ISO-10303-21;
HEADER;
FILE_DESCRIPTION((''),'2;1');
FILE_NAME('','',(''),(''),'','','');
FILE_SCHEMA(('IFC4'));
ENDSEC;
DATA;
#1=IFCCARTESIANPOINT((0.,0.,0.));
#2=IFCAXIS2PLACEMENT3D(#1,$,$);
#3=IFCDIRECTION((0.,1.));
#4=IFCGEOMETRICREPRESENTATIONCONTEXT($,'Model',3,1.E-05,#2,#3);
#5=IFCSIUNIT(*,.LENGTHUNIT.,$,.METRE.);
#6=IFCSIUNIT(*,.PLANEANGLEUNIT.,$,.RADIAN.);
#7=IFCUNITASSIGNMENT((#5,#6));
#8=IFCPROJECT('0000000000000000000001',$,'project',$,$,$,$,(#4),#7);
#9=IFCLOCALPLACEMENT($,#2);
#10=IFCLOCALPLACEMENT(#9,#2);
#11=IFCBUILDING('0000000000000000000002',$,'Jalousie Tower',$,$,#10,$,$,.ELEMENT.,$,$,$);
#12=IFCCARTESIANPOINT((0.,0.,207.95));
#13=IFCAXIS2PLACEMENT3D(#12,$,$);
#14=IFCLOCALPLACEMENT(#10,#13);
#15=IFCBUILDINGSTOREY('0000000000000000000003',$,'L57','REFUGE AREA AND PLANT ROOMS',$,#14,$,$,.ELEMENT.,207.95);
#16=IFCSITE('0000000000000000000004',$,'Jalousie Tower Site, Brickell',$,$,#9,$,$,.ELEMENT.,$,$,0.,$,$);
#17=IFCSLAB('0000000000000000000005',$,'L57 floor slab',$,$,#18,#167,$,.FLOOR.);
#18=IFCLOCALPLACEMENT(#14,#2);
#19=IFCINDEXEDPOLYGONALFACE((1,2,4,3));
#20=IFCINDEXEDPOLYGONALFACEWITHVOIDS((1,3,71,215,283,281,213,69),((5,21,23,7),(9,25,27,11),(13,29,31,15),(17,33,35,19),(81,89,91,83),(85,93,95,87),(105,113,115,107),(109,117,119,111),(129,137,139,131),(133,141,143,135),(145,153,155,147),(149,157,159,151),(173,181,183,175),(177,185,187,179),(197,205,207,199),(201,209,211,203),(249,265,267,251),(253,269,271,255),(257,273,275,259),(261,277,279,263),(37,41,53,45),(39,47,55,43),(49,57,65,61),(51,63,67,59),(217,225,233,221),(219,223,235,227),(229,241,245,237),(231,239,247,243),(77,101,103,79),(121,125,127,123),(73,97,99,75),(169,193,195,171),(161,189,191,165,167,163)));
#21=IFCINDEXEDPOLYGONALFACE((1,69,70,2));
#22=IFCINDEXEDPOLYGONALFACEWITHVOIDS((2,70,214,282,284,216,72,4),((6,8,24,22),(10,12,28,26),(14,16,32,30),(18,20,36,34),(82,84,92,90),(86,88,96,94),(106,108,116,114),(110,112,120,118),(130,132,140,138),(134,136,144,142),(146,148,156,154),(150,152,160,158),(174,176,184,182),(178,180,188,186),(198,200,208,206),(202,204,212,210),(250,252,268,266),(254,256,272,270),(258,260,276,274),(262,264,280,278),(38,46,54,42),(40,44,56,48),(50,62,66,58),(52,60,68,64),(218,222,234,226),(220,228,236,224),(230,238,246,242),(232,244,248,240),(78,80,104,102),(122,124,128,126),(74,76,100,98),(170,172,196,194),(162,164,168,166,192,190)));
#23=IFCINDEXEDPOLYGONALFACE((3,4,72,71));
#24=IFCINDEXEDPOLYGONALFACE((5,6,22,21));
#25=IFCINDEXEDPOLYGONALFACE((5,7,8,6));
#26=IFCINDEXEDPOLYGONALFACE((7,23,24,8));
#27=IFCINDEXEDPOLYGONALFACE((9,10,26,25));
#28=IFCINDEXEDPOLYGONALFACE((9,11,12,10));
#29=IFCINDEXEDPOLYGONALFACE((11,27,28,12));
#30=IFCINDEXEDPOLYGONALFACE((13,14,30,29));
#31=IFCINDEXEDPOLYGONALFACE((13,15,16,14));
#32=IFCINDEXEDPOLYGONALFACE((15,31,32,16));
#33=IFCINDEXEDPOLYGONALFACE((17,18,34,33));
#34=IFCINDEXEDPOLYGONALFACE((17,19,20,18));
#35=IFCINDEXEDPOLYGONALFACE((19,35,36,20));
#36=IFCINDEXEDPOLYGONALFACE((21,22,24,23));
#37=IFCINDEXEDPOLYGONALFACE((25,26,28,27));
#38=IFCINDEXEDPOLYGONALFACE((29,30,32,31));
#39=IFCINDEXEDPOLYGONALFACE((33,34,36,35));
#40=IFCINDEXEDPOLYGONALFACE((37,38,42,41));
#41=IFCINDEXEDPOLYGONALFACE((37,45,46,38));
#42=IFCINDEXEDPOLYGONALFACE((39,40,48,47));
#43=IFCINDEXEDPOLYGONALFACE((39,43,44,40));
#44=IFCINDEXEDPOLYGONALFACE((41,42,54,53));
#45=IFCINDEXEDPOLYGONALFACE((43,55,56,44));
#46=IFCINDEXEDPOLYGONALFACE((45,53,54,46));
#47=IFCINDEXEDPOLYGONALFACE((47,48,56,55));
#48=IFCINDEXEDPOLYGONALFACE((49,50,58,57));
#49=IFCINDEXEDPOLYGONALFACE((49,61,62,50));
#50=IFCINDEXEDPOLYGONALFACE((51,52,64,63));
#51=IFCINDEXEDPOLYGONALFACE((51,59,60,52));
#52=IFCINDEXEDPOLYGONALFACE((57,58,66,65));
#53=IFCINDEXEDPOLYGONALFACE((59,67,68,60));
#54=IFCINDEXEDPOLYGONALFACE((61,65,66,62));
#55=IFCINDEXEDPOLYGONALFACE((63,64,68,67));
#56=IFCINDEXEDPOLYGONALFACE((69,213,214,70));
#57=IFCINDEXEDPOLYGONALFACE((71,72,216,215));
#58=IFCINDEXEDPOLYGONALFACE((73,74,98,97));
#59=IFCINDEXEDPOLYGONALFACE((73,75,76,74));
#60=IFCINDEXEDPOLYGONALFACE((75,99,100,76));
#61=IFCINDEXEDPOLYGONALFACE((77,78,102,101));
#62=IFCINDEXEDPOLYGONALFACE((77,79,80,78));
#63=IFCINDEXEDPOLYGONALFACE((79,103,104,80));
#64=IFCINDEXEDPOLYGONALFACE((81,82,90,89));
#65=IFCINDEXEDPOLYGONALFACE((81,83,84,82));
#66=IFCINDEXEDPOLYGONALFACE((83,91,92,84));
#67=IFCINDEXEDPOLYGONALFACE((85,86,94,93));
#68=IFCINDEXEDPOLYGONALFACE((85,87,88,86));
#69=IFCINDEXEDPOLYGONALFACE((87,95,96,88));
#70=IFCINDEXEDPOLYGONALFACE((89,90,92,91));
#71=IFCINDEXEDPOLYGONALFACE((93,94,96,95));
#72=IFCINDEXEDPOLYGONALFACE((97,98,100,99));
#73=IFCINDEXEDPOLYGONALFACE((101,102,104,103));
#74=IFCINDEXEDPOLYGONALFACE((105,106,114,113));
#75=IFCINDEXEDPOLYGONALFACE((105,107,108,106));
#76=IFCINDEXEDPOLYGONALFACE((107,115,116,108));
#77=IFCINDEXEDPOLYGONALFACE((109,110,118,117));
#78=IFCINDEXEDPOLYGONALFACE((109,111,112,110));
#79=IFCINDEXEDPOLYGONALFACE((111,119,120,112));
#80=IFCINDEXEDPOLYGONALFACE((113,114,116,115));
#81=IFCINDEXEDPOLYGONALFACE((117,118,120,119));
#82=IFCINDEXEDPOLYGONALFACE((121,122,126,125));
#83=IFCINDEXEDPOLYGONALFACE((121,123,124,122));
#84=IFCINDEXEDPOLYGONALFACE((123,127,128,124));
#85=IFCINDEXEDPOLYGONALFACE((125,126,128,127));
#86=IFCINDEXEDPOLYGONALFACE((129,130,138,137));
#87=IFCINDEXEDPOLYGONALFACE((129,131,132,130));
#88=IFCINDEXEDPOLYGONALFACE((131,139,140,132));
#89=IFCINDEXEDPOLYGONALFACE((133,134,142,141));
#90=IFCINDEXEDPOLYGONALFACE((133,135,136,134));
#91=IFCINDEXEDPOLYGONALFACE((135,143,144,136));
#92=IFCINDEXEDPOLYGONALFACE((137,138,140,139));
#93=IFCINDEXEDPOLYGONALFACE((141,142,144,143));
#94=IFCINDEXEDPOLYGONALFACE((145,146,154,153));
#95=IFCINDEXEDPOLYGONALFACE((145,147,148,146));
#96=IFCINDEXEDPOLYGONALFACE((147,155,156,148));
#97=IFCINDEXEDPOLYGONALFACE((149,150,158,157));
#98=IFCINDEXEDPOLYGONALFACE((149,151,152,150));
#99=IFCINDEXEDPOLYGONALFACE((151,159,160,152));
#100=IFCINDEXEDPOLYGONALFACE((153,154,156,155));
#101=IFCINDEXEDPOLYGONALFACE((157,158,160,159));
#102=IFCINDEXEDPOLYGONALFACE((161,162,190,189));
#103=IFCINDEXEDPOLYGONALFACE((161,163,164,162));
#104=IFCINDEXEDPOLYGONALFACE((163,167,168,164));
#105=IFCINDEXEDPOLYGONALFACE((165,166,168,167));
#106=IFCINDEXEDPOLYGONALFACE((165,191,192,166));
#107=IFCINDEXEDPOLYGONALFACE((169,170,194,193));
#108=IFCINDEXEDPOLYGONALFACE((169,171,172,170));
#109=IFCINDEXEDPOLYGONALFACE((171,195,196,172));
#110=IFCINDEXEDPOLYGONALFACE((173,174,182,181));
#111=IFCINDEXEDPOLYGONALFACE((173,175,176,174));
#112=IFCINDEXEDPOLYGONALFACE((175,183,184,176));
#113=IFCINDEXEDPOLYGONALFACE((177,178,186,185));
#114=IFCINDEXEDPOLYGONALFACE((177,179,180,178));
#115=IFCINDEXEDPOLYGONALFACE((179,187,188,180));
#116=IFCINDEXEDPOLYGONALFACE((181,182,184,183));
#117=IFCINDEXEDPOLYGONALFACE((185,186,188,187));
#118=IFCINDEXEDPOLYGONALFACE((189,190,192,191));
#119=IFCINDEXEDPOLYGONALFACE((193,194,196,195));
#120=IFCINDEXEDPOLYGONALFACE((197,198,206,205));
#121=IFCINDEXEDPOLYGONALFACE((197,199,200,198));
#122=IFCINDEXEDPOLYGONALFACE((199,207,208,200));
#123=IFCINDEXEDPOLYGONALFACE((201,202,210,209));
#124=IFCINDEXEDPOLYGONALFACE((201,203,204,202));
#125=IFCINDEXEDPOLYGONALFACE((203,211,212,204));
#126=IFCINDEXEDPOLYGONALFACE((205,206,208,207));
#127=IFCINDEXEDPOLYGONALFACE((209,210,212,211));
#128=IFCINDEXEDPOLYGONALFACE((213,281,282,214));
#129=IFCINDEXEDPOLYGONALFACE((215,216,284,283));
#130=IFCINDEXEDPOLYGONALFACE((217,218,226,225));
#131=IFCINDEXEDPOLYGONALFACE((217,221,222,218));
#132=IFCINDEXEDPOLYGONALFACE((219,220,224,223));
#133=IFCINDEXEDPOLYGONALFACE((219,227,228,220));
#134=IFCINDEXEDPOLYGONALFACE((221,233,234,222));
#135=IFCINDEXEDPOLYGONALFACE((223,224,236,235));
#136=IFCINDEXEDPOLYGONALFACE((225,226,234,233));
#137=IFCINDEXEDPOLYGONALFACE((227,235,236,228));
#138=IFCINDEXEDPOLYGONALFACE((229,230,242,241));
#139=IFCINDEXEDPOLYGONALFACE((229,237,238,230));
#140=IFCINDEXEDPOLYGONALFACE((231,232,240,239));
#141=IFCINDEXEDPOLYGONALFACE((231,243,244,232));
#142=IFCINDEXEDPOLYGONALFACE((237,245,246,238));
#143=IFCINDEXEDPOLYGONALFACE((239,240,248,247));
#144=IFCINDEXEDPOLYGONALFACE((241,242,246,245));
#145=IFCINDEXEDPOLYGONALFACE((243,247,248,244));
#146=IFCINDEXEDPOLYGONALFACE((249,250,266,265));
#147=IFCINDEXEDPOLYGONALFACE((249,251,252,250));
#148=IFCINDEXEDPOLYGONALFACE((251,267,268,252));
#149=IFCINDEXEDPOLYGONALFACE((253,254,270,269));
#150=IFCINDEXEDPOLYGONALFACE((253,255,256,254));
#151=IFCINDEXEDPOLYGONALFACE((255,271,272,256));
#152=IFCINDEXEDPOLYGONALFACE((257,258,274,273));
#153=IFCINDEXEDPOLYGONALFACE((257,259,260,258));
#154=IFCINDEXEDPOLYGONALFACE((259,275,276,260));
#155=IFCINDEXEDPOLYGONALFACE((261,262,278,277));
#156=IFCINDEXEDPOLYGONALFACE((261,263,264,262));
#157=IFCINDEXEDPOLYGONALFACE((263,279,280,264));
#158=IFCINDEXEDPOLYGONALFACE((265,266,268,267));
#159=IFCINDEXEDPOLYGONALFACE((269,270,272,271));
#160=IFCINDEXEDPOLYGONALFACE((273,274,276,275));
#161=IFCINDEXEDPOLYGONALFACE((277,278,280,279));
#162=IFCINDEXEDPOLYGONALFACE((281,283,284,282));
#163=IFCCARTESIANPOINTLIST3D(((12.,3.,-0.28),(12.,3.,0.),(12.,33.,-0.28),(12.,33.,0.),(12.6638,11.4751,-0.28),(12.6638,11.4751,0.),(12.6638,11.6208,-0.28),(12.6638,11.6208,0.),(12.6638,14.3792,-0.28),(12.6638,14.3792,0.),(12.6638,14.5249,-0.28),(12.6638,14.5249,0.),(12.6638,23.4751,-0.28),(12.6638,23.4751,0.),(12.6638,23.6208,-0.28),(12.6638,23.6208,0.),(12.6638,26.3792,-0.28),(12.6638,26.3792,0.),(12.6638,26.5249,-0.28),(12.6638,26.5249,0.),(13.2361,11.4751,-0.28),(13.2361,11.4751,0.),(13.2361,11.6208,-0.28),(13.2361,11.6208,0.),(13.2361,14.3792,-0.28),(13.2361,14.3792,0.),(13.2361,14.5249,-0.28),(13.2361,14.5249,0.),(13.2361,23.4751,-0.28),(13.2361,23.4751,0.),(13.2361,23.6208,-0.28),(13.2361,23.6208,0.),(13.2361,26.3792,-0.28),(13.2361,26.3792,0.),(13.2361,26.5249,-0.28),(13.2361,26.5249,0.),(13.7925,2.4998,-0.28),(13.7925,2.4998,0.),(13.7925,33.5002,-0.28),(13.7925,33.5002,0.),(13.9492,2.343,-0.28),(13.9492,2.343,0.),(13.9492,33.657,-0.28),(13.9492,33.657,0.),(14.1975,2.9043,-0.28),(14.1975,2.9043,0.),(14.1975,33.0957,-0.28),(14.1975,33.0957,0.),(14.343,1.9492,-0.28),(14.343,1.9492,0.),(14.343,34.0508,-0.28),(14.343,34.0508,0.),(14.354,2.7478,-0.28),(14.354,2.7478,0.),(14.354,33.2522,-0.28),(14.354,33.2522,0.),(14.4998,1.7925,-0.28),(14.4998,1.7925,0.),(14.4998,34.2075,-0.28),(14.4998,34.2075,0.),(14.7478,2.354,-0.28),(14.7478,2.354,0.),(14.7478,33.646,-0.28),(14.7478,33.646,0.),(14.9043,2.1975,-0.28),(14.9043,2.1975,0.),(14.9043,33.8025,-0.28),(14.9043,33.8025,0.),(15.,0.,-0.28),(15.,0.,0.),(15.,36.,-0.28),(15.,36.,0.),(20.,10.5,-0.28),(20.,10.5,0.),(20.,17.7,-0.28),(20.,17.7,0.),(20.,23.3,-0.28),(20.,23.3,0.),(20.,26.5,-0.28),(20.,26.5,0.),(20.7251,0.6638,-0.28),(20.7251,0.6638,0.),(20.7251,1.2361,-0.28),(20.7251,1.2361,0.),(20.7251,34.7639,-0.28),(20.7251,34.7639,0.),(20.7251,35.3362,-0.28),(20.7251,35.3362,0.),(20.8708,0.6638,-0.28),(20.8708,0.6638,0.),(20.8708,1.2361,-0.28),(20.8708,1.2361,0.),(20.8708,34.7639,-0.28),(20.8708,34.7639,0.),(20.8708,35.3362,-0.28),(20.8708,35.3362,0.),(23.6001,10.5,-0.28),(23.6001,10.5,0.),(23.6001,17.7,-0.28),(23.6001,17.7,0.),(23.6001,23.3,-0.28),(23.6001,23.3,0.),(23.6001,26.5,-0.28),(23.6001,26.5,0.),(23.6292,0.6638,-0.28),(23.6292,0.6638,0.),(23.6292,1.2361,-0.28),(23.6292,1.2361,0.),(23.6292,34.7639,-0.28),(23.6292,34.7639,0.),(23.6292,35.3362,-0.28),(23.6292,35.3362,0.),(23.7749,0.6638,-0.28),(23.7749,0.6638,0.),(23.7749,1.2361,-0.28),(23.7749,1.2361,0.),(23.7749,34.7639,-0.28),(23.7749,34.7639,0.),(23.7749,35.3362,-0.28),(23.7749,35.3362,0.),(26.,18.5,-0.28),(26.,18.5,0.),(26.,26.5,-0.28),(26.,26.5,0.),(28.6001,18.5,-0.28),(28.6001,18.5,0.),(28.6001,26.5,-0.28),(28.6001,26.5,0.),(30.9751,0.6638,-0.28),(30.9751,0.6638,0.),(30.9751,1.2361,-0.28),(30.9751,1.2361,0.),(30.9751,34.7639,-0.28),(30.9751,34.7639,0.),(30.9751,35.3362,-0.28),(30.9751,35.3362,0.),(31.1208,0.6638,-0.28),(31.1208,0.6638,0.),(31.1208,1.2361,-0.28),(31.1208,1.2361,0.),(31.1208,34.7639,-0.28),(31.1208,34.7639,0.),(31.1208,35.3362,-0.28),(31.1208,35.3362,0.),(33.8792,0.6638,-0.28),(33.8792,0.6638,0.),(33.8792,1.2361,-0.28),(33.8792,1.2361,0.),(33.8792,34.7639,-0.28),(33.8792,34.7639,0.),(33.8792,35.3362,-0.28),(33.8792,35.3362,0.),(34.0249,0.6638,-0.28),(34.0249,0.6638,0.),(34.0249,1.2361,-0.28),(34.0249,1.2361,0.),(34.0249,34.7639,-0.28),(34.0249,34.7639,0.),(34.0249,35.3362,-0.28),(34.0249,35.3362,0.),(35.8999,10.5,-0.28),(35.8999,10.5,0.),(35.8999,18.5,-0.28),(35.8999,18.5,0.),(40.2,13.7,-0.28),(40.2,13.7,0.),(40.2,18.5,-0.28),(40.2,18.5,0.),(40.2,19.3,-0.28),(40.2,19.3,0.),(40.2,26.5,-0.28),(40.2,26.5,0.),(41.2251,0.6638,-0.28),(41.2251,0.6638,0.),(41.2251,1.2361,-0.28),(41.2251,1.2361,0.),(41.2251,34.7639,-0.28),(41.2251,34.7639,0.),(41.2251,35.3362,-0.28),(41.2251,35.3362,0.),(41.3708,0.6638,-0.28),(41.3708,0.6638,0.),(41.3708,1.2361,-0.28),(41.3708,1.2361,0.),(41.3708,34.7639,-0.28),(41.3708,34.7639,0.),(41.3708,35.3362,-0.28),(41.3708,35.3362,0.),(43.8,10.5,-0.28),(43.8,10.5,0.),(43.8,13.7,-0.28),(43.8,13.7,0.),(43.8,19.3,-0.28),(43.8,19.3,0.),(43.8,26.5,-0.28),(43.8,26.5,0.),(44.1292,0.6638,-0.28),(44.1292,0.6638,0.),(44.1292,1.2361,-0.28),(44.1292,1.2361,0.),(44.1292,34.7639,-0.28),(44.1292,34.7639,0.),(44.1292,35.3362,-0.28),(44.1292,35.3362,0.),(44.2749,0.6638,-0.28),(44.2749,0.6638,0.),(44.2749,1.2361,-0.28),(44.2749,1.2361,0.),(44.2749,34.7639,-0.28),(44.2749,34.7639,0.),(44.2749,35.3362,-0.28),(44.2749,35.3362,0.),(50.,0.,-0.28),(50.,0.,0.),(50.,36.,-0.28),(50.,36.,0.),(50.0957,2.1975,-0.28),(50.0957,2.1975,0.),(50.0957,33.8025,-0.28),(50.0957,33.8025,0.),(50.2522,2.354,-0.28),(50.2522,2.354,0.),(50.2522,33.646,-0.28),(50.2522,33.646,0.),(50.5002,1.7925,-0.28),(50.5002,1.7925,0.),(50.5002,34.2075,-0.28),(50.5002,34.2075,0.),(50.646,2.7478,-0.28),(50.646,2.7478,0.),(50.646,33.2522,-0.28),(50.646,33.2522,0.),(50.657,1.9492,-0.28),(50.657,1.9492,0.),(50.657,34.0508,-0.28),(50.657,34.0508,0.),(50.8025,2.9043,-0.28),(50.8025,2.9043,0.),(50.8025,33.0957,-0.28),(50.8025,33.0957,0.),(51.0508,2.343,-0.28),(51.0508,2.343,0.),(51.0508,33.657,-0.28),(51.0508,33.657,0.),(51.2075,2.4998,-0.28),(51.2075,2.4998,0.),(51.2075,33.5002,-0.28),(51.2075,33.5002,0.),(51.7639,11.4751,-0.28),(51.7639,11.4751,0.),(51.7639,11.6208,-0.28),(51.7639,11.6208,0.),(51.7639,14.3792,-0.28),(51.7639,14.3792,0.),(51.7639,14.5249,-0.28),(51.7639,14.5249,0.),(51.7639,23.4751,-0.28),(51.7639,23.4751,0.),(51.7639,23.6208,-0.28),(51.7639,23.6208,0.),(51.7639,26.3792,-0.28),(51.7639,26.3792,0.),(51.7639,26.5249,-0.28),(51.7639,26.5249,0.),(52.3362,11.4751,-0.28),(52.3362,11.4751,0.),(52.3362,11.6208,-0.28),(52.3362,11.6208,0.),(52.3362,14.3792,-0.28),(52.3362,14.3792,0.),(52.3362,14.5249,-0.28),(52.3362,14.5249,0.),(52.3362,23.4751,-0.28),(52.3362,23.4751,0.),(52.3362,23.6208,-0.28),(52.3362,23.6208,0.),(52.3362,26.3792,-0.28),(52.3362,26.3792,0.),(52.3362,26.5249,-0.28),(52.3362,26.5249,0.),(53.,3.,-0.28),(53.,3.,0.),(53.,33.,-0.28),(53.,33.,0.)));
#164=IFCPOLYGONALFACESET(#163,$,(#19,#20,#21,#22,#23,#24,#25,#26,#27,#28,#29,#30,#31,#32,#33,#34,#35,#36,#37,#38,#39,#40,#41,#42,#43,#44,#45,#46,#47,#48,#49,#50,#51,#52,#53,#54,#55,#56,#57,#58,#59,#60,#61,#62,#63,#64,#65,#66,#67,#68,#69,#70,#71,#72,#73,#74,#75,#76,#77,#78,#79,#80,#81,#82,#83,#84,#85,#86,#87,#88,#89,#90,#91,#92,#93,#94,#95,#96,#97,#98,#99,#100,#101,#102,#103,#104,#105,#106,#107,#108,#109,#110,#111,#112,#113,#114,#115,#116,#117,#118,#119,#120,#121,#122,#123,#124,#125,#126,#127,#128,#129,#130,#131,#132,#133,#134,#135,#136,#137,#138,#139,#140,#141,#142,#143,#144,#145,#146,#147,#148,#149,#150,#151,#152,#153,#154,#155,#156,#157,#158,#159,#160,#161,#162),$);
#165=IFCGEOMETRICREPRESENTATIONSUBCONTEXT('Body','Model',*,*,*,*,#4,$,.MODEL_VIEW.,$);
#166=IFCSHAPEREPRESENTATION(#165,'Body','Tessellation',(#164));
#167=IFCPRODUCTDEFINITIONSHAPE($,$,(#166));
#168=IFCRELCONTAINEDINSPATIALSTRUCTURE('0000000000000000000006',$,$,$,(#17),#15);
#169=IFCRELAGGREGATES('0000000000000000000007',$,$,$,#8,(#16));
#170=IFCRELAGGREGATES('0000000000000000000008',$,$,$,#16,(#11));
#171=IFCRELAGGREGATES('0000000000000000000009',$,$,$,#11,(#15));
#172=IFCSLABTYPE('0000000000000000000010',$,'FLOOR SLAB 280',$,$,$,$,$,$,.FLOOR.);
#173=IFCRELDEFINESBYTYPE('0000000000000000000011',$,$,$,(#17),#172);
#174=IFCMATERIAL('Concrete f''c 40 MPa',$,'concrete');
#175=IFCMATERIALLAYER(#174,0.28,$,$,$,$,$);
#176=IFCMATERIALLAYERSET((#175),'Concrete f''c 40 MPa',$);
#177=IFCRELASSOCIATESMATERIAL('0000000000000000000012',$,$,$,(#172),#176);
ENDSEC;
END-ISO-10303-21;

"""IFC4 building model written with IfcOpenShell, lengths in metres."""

from ifc_helpers import new_model, si_unit, direction, frame, origin, place, context, subcontext, project, spatial, polyline, outline, extrude, material, layer, layer_set, type_object, element, save


model = new_model("IFC4")

# Units and contexts
model_context = context("Model", 3, precision=1e-05, world=origin(), true_north=direction((0.0, 1.0)))
body_context = subcontext(model_context, "Body", "Model", "MODEL_VIEW")
ifc_project = project(units=[si_unit("LENGTHUNIT", "METRE"), si_unit("PLANEANGLEUNIT", "RADIAN")], contexts=[model_context])

# Site, building, storey
site_placement = place(None, origin())
site = spatial("IfcSite", under=ifc_project, at=site_placement, Name="Jalousie Tower Site, Brickell", CompositionType="ELEMENT", RefElevation=0.0)
building_placement = place(site_placement, origin())
building = spatial("IfcBuilding", under=site, at=building_placement, Name="Jalousie Tower", CompositionType="ELEMENT")
storey_placement = place(building_placement, frame((0.0, 0.0, 207.95)))
storey = spatial("IfcBuildingStorey", under=building, at=storey_placement, Name="L57", Description="REFUGE AREA AND PLANT ROOMS", CompositionType="ELEMENT", Elevation=207.95)

# Slab
ifc_material_1 = material(Name="Concrete f'c 40 MPa", Category="concrete")
ifc_layer_1 = layer(ifc_material_1, 0.28)
ifc_layer_set_1 = layer_set([ifc_layer_1], Name="Concrete f'c 40 MPa")
slab_type_1 = type_object("IfcSlabType", Name="FLOOR SLAB 280", PredefinedType="FLOOR", material=ifc_layer_set_1)
slab_1_placement = place(storey_placement, frame((0.0, 0.0, -0.28)))
element("IfcSlab", 1, at=slab_1_placement, inside=storey, type_object=slab_type_1, Name="L57 floor slab", PredefinedType="FLOOR", context=body_context, shape_type="SweptSolid", body=[
    extrude(outline(polyline([(15.0, 0.0), (50.0, 0.0), (53.0, 3.0), (53.0, 33.0), (50.0, 36.0), (15.0, 36.0), (12.0, 33.0), (12.0, 3.0), (15.0, 0.0)]), holes=[polyline([(23.7749, 0.6638), (23.6292, 0.6638), (23.6292, 1.2361), (23.7749, 1.2361), (23.7749, 0.6638)]), polyline([(20.7251, 0.6638), (20.7251, 1.2361), (20.8708, 1.2361), (20.8708, 0.6638), (20.7251, 0.6638)]), polyline([(14.4998, 1.7925), (14.343, 1.9492), (14.7478, 2.354), (14.9043, 2.1975), (14.4998, 1.7925)]), polyline([(14.1975, 2.9043), (14.354, 2.7478), (13.9492, 2.343), (13.7925, 2.4998), (14.1975, 2.9043)]), polyline([(12.6638, 11.4751), (12.6638, 11.6208), (13.2361, 11.6208), (13.2361, 11.4751), (12.6638, 11.4751)]), polyline([(20.0, 10.5), (23.6001, 10.5), (23.6001, 17.7), (20.0, 17.7), (20.0, 10.5)]), polyline([(13.2361, 14.5249), (13.2361, 14.3792), (12.6638, 14.3792), (12.6638, 14.5249), (13.2361, 14.5249)]), polyline([(28.6001, 18.5), (26.0, 18.5), (26.0, 26.5), (28.6001, 26.5), (28.6001, 18.5)]), polyline([(13.2361, 23.4751), (12.6638, 23.4751), (12.6638, 23.6208), (13.2361, 23.6208), (13.2361, 23.4751)]), polyline([(20.0, 23.3), (23.6001, 23.3), (23.6001, 26.5), (20.0, 26.5), (20.0, 23.3)]), polyline([(13.2361, 26.5249), (13.2361, 26.3792), (12.6638, 26.3792), (12.6638, 26.5249), (13.2361, 26.5249)]), polyline([(13.7925, 33.5002), (13.9492, 33.657), (14.354, 33.2522), (14.1975, 33.0957), (13.7925, 33.5002)]), polyline([(14.9043, 33.8025), (14.7478, 33.646), (14.343, 34.0508), (14.4998, 34.2075), (14.9043, 33.8025)]), polyline([(20.7251, 35.3362), (20.8708, 35.3362), (20.8708, 34.7639), (20.7251, 34.7639), (20.7251, 35.3362)]), polyline([(23.7749, 34.7639), (23.6292, 34.7639), (23.6292, 35.3362), (23.7749, 35.3362), (23.7749, 34.7639)]), polyline([(30.9751, 35.3362), (31.1208, 35.3362), (31.1208, 34.7639), (30.9751, 34.7639), (30.9751, 35.3362)]), polyline([(34.0249, 1.2361), (34.0249, 0.6638), (33.8792, 0.6638), (33.8792, 1.2361), (34.0249, 1.2361)]), polyline([(41.2251, 1.2361), (41.3708, 1.2361), (41.3708, 0.6638), (41.2251, 0.6638), (41.2251, 1.2361)]), polyline([(44.2749, 0.6638), (44.1292, 0.6638), (44.1292, 1.2361), (44.2749, 1.2361), (44.2749, 0.6638)]), polyline([(30.9751, 1.2361), (31.1208, 1.2361), (31.1208, 0.6638), (30.9751, 0.6638), (30.9751, 1.2361)]), polyline([(50.0957, 2.1975), (50.2522, 2.354), (50.657, 1.9492), (50.5002, 1.7925), (50.0957, 2.1975)]), polyline([(51.2075, 2.4998), (51.0508, 2.343), (50.646, 2.7478), (50.8025, 2.9043), (51.2075, 2.4998)]), polyline([(51.7639, 11.4751), (51.7639, 11.6208), (52.3362, 11.6208), (52.3362, 11.4751), (51.7639, 11.4751)]), polyline([(43.8, 10.5), (35.8999, 10.5), (35.8999, 18.5), (40.2, 18.5), (40.2, 13.7), (43.8, 13.7), (43.8, 10.5)]), polyline([(52.3362, 14.5249), (52.3362, 14.3792), (51.7639, 14.3792), (51.7639, 14.5249), (52.3362, 14.5249)]), polyline([(40.2, 19.3), (43.8, 19.3), (43.8, 26.5), (40.2, 26.5), (40.2, 19.3)]), polyline([(52.3362, 23.4751), (51.7639, 23.4751), (51.7639, 23.6208), (52.3362, 23.6208), (52.3362, 23.4751)]), polyline([(52.3362, 26.5249), (52.3362, 26.3792), (51.7639, 26.3792), (51.7639, 26.5249), (52.3362, 26.5249)]), polyline([(50.8025, 33.0957), (50.646, 33.2522), (51.0508, 33.657), (51.2075, 33.5002), (50.8025, 33.0957)]), polyline([(50.5002, 34.2075), (50.657, 34.0508), (50.2522, 33.646), (50.0957, 33.8025), (50.5002, 34.2075)]), polyline([(44.2749, 34.7639), (44.1292, 34.7639), (44.1292, 35.3362), (44.2749, 35.3362), (44.2749, 34.7639)]), polyline([(41.2251, 35.3362), (41.3708, 35.3362), (41.3708, 34.7639), (41.2251, 34.7639), (41.2251, 35.3362)]), polyline([(34.0249, 34.7639), (33.8792, 34.7639), (33.8792, 35.3362), (34.0249, 35.3362), (34.0249, 34.7639)])]), origin(), (0.0, 0.0, 1.0), 0.28),
])

save(model, "model.ifc")
